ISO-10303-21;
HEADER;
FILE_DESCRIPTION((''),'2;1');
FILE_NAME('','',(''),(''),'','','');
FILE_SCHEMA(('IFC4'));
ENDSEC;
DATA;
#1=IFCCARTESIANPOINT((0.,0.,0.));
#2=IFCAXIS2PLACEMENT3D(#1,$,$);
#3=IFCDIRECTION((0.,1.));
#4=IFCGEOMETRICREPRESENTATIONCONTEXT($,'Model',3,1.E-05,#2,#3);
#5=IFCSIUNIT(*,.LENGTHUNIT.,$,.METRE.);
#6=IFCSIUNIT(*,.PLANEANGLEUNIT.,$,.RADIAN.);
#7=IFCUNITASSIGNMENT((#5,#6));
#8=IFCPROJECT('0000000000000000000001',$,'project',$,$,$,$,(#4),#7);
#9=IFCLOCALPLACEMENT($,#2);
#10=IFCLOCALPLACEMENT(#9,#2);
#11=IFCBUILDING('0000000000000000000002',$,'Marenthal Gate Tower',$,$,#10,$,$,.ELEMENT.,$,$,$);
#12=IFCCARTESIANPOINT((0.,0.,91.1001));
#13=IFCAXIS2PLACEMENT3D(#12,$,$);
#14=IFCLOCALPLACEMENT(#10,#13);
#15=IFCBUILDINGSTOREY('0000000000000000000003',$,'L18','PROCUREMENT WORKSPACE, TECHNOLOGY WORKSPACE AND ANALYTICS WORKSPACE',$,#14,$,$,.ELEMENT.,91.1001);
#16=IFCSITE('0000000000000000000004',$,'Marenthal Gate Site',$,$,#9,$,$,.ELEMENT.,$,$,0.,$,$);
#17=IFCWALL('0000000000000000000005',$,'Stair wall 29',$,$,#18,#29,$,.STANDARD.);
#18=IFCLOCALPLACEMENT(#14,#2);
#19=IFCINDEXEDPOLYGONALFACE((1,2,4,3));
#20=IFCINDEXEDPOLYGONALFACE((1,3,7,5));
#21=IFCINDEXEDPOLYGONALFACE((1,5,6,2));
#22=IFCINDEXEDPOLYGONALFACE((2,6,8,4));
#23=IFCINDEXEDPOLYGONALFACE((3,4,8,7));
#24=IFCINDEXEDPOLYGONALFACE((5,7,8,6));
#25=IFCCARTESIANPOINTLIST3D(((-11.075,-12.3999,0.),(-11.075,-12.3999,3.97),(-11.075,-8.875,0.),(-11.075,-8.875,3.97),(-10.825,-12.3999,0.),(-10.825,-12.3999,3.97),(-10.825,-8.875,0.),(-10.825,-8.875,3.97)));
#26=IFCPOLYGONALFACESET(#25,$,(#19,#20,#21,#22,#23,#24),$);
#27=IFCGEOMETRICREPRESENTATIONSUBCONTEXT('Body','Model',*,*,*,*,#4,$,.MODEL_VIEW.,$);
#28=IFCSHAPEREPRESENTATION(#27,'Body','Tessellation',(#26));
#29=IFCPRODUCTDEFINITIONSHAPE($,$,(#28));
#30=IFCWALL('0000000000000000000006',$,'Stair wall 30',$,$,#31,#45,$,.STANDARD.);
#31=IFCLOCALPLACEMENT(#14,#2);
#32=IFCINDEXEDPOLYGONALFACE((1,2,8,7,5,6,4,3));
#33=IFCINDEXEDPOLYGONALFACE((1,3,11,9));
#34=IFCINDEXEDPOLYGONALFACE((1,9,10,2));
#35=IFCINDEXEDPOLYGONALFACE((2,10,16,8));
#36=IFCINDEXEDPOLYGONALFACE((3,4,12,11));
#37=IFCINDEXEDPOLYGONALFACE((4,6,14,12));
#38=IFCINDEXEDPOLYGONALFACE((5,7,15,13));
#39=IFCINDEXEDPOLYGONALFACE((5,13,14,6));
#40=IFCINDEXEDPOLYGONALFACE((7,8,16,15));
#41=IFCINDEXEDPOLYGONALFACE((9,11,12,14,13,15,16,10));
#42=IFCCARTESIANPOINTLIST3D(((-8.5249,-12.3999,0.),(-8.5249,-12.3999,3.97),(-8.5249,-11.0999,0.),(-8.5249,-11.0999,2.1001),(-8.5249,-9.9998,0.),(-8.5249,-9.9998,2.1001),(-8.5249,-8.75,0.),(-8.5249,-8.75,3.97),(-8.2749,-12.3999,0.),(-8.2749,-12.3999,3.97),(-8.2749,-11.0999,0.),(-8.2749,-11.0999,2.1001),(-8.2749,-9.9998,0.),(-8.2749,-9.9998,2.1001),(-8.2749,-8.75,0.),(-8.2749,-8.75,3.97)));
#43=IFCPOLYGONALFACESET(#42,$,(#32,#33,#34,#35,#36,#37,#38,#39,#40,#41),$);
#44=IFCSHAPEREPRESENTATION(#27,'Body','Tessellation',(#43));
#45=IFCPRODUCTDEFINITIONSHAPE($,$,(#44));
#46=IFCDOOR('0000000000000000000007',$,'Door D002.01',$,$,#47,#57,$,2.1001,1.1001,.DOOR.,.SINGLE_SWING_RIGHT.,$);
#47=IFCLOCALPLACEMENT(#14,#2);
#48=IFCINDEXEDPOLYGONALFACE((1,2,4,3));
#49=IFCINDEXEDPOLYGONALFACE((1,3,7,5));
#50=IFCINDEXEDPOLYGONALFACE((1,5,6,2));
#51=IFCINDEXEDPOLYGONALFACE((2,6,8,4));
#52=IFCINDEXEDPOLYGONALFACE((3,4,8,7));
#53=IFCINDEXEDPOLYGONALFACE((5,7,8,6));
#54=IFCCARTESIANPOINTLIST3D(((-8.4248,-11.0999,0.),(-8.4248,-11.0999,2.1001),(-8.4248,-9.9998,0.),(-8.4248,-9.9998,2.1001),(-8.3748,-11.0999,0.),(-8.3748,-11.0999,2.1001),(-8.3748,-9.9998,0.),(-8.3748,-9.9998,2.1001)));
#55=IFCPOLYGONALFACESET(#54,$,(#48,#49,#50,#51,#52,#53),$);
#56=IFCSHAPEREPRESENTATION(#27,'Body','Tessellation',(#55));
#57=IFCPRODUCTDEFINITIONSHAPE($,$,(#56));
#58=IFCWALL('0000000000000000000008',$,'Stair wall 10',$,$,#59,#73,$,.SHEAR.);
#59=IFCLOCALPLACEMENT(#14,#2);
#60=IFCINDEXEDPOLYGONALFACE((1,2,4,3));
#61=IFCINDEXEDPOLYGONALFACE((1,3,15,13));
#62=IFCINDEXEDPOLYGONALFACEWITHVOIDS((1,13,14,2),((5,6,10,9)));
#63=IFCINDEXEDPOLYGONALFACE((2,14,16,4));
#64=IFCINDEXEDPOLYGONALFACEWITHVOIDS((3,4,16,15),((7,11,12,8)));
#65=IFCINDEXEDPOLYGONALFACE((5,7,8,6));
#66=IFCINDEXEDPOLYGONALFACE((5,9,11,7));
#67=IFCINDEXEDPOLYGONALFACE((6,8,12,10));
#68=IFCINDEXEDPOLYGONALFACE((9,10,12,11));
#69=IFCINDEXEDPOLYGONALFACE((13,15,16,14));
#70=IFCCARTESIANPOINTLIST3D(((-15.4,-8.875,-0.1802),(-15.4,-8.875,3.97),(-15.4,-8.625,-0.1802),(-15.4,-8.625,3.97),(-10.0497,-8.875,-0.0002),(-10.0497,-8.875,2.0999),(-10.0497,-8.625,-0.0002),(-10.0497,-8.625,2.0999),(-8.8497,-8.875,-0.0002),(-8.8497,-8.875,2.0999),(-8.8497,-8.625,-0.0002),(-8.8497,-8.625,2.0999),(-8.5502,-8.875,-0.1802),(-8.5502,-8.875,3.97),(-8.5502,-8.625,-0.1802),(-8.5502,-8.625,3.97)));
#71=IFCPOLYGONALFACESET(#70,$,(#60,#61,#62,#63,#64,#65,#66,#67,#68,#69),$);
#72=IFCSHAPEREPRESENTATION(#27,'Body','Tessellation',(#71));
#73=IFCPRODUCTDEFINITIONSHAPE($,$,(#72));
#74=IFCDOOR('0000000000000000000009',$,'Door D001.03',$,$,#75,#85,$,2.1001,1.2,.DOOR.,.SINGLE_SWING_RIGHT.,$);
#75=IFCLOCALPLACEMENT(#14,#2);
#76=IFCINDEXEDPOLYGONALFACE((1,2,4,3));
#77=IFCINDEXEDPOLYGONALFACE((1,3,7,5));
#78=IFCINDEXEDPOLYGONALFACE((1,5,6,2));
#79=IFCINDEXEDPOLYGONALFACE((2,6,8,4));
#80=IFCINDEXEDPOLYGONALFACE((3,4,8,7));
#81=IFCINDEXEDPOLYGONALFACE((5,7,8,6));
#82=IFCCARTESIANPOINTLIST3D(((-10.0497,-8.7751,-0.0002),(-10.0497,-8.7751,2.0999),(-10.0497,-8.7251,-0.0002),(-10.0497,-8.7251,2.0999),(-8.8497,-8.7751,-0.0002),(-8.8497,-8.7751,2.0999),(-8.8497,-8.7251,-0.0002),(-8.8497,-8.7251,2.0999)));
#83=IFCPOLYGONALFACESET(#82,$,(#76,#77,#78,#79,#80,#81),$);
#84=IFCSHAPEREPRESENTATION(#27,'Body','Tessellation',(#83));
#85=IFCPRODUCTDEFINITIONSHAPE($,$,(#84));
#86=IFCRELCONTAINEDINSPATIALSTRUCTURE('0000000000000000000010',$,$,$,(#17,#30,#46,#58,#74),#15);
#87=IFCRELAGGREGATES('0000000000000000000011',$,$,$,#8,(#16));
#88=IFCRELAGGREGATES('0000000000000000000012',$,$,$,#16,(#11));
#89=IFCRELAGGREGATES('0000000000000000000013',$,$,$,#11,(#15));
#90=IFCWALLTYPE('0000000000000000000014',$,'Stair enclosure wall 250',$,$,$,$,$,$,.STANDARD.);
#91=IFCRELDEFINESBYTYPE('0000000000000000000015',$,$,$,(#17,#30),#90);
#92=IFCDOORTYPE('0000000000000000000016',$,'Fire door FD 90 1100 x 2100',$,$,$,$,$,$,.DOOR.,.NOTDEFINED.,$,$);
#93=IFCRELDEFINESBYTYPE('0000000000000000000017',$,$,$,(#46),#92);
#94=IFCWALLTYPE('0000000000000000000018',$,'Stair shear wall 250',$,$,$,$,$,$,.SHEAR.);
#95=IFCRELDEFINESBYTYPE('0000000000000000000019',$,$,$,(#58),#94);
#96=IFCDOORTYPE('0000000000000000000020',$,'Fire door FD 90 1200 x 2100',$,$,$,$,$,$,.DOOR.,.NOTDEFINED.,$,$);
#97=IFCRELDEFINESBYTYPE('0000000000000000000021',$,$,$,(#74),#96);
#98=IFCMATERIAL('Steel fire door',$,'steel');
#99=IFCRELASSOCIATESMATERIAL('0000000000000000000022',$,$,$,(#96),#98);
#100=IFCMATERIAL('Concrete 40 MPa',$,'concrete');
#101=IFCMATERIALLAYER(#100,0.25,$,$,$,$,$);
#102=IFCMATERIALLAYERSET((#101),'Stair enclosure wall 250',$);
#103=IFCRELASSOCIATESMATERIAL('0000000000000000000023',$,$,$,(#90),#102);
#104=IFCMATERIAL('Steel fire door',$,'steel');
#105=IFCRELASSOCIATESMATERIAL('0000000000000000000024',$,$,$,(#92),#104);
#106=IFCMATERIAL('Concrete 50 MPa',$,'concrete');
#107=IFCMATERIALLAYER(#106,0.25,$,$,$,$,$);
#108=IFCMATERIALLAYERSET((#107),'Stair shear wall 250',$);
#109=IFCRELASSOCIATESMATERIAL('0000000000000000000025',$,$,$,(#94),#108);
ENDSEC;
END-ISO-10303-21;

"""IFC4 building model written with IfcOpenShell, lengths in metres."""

from ifc_helpers import new_model, si_unit, direction, frame, frame_2d, origin, place, context, subcontext, project, spatial, rectangle, extrude, material, layer, layer_set, type_object, element, fill, save


model = new_model("IFC4")

# Units and contexts
model_context = context("Model", 3, precision=1e-05, world=origin(), true_north=direction((0.0, 1.0)))
body_context = subcontext(model_context, "Body", "Model", "MODEL_VIEW")
ifc_project = project(units=[si_unit("LENGTHUNIT", "METRE"), si_unit("PLANEANGLEUNIT", "RADIAN")], contexts=[model_context])

# Site, building, storey
site_placement = place(None, origin())
site = spatial("IfcSite", under=ifc_project, at=site_placement, Name="Marenthal Gate Site", CompositionType="ELEMENT", RefElevation=0.0)
building_placement = place(site_placement, origin())
building = spatial("IfcBuilding", under=site, at=building_placement, Name="Marenthal Gate Tower", CompositionType="ELEMENT")
storey_placement = place(building_placement, frame((0.0, 0.0, 91.1001)))
storey = spatial("IfcBuildingStorey", under=building, at=storey_placement, Name="L18", Description="PROCUREMENT WORKSPACE, TECHNOLOGY WORKSPACE AND ANALYTICS WORKSPACE", CompositionType="ELEMENT", Elevation=91.1001)

# Shared definitions
ifc_material_1 = material(Name="Steel fire door", Category="steel")
door_type_1 = type_object("IfcDoorType", Name="Fire door FD 90 1200 x 2100", OperationType="NOTDEFINED", PredefinedType="DOOR", material=ifc_material_1)

# Wall
ifc_material_2 = material(Name="Concrete 40 MPa", Category="concrete")
ifc_layer_1 = layer(ifc_material_2, 0.25)
ifc_layer_set_1 = layer_set([ifc_layer_1], Name="Stair enclosure wall 250")
wall_type_1 = type_object("IfcWallType", Name="Stair enclosure wall 250", PredefinedType="STANDARD", material=ifc_layer_set_1)
wall_1_placement = place(storey_placement, frame((-10.95, -12.3999, 0.0), z_axis=(0.0, 0.0, 1.0), x_axis=(0.0, 1.0, 0.0)))
element("IfcWall", 1, at=wall_1_placement, inside=storey, type_object=wall_type_1, Name="Stair wall 29", PredefinedType="STANDARD", context=body_context, shape_type="SweptSolid", body=[
    extrude(rectangle(XDim=3.5249, YDim=0.25, at=frame_2d((1.7625, 0.0))), origin(), (0.0, 0.0, 1.0), 3.97),
])

# Walls, openings, doors
wall_2_placement = place(storey_placement, frame((-8.3999, -12.3999, 0.0), z_axis=(0.0, 0.0, 1.0), x_axis=(0.0, 1.0, 0.0)))
wall_2 = element("IfcWall", 2, at=wall_2_placement, inside=storey, type_object=wall_type_1, Name="Stair wall 30", PredefinedType="STANDARD", context=body_context, shape_type="SweptSolid", body=[
    extrude(rectangle(XDim=3.6499, YDim=0.25, at=frame_2d((1.825, 0.0))), origin(), (0.0, 0.0, 1.0), 3.97),
])
opening_1_placement = place(wall_2_placement, frame((1.3, 0.0, 0.0)))
opening_1 = element("IfcOpeningElement", 3, at=opening_1_placement, cuts=wall_2, PredefinedType="OPENING", context=body_context, shape_type="SweptSolid", body=[
    extrude(rectangle(XDim=1.1001, YDim=2.1001, at=frame_2d((0.55, 1.05))), frame((0.0, 0.135, 0.0), z_axis=(0.0, -1.0, 0.0), x_axis=(1.0, 0.0, 0.0)), (0.0, 0.0, 1.0), 0.27),
])
ifc_material_3 = material(Name="Steel fire door", Category="steel")
door_type_2 = type_object("IfcDoorType", Name="Fire door FD 90 1100 x 2100", OperationType="NOTDEFINED", PredefinedType="DOOR", material=ifc_material_3)
door_1_placement = place(opening_1_placement, origin())
door_1 = element("IfcDoor", 4, at=door_1_placement, inside=storey, type_object=door_type_2, Name="Door D002.01", OperationType="SINGLE_SWING_RIGHT", OverallHeight=2.1001, OverallWidth=1.1001, PredefinedType="DOOR", context=body_context, shape_type="SweptSolid", body=[
    extrude(rectangle(XDim=1.1001, YDim=2.1001, at=frame_2d((0.55, 1.05))), frame((0.0, 0.0249, 0.0), z_axis=(0.0, -1.0, 0.0), x_axis=(1.0, 0.0, 0.0)), (0.0, 0.0, 1.0), 0.05),
])
fill(opening_1, door_1)
ifc_material_4 = material(Name="Concrete 50 MPa", Category="concrete")
ifc_layer_2 = layer(ifc_material_4, 0.25)
ifc_layer_set_2 = layer_set([ifc_layer_2], Name="Stair shear wall 250")
wall_type_2 = type_object("IfcWallType", Name="Stair shear wall 250", PredefinedType="SHEAR", material=ifc_layer_set_2)
wall_3_placement = place(storey_placement, frame((-15.3999, -8.75, -0.1802), z_axis=(0.0, 0.0, 1.0), x_axis=(1.0, 0.0, 0.0)))
wall_3 = element("IfcWall", 5, at=wall_3_placement, inside=storey, type_object=wall_type_2, Name="Stair wall 10", PredefinedType="SHEAR", context=body_context, shape_type="SweptSolid", body=[
    extrude(rectangle(XDim=6.8499, YDim=0.25, at=frame_2d((3.4248, 0.0))), origin(), (0.0, 0.0, 1.0), 4.1501),
])
opening_2_placement = place(wall_3_placement, frame((5.3501, 0.0, 0.1799)))
opening_2 = element("IfcOpeningElement", 6, at=opening_2_placement, cuts=wall_3, PredefinedType="OPENING", context=body_context, shape_type="SweptSolid", body=[
    extrude(rectangle(XDim=1.2, YDim=2.1001, at=frame_2d((0.6001, 1.05))), frame((0.0, 0.135, 0.0), z_axis=(0.0, -1.0, 0.0), x_axis=(1.0, 0.0, 0.0)), (0.0, 0.0, 1.0), 0.27),
])
door_2_placement = place(opening_2_placement, origin())
door_2 = element("IfcDoor", 7, at=door_2_placement, inside=storey, type_object=door_type_1, Name="Door D001.03", OperationType="SINGLE_SWING_RIGHT", OverallHeight=2.1001, OverallWidth=1.2, PredefinedType="DOOR", context=body_context, shape_type="SweptSolid", body=[
    extrude(rectangle(XDim=1.2, YDim=2.1001, at=frame_2d((0.6001, 1.05))), frame((0.0, 0.0249, 0.0), z_axis=(0.0, -1.0, 0.0), x_axis=(1.0, 0.0, 0.0)), (0.0, 0.0, 1.0), 0.05),
])
fill(opening_2, door_2)

save(model, "model.ifc")
